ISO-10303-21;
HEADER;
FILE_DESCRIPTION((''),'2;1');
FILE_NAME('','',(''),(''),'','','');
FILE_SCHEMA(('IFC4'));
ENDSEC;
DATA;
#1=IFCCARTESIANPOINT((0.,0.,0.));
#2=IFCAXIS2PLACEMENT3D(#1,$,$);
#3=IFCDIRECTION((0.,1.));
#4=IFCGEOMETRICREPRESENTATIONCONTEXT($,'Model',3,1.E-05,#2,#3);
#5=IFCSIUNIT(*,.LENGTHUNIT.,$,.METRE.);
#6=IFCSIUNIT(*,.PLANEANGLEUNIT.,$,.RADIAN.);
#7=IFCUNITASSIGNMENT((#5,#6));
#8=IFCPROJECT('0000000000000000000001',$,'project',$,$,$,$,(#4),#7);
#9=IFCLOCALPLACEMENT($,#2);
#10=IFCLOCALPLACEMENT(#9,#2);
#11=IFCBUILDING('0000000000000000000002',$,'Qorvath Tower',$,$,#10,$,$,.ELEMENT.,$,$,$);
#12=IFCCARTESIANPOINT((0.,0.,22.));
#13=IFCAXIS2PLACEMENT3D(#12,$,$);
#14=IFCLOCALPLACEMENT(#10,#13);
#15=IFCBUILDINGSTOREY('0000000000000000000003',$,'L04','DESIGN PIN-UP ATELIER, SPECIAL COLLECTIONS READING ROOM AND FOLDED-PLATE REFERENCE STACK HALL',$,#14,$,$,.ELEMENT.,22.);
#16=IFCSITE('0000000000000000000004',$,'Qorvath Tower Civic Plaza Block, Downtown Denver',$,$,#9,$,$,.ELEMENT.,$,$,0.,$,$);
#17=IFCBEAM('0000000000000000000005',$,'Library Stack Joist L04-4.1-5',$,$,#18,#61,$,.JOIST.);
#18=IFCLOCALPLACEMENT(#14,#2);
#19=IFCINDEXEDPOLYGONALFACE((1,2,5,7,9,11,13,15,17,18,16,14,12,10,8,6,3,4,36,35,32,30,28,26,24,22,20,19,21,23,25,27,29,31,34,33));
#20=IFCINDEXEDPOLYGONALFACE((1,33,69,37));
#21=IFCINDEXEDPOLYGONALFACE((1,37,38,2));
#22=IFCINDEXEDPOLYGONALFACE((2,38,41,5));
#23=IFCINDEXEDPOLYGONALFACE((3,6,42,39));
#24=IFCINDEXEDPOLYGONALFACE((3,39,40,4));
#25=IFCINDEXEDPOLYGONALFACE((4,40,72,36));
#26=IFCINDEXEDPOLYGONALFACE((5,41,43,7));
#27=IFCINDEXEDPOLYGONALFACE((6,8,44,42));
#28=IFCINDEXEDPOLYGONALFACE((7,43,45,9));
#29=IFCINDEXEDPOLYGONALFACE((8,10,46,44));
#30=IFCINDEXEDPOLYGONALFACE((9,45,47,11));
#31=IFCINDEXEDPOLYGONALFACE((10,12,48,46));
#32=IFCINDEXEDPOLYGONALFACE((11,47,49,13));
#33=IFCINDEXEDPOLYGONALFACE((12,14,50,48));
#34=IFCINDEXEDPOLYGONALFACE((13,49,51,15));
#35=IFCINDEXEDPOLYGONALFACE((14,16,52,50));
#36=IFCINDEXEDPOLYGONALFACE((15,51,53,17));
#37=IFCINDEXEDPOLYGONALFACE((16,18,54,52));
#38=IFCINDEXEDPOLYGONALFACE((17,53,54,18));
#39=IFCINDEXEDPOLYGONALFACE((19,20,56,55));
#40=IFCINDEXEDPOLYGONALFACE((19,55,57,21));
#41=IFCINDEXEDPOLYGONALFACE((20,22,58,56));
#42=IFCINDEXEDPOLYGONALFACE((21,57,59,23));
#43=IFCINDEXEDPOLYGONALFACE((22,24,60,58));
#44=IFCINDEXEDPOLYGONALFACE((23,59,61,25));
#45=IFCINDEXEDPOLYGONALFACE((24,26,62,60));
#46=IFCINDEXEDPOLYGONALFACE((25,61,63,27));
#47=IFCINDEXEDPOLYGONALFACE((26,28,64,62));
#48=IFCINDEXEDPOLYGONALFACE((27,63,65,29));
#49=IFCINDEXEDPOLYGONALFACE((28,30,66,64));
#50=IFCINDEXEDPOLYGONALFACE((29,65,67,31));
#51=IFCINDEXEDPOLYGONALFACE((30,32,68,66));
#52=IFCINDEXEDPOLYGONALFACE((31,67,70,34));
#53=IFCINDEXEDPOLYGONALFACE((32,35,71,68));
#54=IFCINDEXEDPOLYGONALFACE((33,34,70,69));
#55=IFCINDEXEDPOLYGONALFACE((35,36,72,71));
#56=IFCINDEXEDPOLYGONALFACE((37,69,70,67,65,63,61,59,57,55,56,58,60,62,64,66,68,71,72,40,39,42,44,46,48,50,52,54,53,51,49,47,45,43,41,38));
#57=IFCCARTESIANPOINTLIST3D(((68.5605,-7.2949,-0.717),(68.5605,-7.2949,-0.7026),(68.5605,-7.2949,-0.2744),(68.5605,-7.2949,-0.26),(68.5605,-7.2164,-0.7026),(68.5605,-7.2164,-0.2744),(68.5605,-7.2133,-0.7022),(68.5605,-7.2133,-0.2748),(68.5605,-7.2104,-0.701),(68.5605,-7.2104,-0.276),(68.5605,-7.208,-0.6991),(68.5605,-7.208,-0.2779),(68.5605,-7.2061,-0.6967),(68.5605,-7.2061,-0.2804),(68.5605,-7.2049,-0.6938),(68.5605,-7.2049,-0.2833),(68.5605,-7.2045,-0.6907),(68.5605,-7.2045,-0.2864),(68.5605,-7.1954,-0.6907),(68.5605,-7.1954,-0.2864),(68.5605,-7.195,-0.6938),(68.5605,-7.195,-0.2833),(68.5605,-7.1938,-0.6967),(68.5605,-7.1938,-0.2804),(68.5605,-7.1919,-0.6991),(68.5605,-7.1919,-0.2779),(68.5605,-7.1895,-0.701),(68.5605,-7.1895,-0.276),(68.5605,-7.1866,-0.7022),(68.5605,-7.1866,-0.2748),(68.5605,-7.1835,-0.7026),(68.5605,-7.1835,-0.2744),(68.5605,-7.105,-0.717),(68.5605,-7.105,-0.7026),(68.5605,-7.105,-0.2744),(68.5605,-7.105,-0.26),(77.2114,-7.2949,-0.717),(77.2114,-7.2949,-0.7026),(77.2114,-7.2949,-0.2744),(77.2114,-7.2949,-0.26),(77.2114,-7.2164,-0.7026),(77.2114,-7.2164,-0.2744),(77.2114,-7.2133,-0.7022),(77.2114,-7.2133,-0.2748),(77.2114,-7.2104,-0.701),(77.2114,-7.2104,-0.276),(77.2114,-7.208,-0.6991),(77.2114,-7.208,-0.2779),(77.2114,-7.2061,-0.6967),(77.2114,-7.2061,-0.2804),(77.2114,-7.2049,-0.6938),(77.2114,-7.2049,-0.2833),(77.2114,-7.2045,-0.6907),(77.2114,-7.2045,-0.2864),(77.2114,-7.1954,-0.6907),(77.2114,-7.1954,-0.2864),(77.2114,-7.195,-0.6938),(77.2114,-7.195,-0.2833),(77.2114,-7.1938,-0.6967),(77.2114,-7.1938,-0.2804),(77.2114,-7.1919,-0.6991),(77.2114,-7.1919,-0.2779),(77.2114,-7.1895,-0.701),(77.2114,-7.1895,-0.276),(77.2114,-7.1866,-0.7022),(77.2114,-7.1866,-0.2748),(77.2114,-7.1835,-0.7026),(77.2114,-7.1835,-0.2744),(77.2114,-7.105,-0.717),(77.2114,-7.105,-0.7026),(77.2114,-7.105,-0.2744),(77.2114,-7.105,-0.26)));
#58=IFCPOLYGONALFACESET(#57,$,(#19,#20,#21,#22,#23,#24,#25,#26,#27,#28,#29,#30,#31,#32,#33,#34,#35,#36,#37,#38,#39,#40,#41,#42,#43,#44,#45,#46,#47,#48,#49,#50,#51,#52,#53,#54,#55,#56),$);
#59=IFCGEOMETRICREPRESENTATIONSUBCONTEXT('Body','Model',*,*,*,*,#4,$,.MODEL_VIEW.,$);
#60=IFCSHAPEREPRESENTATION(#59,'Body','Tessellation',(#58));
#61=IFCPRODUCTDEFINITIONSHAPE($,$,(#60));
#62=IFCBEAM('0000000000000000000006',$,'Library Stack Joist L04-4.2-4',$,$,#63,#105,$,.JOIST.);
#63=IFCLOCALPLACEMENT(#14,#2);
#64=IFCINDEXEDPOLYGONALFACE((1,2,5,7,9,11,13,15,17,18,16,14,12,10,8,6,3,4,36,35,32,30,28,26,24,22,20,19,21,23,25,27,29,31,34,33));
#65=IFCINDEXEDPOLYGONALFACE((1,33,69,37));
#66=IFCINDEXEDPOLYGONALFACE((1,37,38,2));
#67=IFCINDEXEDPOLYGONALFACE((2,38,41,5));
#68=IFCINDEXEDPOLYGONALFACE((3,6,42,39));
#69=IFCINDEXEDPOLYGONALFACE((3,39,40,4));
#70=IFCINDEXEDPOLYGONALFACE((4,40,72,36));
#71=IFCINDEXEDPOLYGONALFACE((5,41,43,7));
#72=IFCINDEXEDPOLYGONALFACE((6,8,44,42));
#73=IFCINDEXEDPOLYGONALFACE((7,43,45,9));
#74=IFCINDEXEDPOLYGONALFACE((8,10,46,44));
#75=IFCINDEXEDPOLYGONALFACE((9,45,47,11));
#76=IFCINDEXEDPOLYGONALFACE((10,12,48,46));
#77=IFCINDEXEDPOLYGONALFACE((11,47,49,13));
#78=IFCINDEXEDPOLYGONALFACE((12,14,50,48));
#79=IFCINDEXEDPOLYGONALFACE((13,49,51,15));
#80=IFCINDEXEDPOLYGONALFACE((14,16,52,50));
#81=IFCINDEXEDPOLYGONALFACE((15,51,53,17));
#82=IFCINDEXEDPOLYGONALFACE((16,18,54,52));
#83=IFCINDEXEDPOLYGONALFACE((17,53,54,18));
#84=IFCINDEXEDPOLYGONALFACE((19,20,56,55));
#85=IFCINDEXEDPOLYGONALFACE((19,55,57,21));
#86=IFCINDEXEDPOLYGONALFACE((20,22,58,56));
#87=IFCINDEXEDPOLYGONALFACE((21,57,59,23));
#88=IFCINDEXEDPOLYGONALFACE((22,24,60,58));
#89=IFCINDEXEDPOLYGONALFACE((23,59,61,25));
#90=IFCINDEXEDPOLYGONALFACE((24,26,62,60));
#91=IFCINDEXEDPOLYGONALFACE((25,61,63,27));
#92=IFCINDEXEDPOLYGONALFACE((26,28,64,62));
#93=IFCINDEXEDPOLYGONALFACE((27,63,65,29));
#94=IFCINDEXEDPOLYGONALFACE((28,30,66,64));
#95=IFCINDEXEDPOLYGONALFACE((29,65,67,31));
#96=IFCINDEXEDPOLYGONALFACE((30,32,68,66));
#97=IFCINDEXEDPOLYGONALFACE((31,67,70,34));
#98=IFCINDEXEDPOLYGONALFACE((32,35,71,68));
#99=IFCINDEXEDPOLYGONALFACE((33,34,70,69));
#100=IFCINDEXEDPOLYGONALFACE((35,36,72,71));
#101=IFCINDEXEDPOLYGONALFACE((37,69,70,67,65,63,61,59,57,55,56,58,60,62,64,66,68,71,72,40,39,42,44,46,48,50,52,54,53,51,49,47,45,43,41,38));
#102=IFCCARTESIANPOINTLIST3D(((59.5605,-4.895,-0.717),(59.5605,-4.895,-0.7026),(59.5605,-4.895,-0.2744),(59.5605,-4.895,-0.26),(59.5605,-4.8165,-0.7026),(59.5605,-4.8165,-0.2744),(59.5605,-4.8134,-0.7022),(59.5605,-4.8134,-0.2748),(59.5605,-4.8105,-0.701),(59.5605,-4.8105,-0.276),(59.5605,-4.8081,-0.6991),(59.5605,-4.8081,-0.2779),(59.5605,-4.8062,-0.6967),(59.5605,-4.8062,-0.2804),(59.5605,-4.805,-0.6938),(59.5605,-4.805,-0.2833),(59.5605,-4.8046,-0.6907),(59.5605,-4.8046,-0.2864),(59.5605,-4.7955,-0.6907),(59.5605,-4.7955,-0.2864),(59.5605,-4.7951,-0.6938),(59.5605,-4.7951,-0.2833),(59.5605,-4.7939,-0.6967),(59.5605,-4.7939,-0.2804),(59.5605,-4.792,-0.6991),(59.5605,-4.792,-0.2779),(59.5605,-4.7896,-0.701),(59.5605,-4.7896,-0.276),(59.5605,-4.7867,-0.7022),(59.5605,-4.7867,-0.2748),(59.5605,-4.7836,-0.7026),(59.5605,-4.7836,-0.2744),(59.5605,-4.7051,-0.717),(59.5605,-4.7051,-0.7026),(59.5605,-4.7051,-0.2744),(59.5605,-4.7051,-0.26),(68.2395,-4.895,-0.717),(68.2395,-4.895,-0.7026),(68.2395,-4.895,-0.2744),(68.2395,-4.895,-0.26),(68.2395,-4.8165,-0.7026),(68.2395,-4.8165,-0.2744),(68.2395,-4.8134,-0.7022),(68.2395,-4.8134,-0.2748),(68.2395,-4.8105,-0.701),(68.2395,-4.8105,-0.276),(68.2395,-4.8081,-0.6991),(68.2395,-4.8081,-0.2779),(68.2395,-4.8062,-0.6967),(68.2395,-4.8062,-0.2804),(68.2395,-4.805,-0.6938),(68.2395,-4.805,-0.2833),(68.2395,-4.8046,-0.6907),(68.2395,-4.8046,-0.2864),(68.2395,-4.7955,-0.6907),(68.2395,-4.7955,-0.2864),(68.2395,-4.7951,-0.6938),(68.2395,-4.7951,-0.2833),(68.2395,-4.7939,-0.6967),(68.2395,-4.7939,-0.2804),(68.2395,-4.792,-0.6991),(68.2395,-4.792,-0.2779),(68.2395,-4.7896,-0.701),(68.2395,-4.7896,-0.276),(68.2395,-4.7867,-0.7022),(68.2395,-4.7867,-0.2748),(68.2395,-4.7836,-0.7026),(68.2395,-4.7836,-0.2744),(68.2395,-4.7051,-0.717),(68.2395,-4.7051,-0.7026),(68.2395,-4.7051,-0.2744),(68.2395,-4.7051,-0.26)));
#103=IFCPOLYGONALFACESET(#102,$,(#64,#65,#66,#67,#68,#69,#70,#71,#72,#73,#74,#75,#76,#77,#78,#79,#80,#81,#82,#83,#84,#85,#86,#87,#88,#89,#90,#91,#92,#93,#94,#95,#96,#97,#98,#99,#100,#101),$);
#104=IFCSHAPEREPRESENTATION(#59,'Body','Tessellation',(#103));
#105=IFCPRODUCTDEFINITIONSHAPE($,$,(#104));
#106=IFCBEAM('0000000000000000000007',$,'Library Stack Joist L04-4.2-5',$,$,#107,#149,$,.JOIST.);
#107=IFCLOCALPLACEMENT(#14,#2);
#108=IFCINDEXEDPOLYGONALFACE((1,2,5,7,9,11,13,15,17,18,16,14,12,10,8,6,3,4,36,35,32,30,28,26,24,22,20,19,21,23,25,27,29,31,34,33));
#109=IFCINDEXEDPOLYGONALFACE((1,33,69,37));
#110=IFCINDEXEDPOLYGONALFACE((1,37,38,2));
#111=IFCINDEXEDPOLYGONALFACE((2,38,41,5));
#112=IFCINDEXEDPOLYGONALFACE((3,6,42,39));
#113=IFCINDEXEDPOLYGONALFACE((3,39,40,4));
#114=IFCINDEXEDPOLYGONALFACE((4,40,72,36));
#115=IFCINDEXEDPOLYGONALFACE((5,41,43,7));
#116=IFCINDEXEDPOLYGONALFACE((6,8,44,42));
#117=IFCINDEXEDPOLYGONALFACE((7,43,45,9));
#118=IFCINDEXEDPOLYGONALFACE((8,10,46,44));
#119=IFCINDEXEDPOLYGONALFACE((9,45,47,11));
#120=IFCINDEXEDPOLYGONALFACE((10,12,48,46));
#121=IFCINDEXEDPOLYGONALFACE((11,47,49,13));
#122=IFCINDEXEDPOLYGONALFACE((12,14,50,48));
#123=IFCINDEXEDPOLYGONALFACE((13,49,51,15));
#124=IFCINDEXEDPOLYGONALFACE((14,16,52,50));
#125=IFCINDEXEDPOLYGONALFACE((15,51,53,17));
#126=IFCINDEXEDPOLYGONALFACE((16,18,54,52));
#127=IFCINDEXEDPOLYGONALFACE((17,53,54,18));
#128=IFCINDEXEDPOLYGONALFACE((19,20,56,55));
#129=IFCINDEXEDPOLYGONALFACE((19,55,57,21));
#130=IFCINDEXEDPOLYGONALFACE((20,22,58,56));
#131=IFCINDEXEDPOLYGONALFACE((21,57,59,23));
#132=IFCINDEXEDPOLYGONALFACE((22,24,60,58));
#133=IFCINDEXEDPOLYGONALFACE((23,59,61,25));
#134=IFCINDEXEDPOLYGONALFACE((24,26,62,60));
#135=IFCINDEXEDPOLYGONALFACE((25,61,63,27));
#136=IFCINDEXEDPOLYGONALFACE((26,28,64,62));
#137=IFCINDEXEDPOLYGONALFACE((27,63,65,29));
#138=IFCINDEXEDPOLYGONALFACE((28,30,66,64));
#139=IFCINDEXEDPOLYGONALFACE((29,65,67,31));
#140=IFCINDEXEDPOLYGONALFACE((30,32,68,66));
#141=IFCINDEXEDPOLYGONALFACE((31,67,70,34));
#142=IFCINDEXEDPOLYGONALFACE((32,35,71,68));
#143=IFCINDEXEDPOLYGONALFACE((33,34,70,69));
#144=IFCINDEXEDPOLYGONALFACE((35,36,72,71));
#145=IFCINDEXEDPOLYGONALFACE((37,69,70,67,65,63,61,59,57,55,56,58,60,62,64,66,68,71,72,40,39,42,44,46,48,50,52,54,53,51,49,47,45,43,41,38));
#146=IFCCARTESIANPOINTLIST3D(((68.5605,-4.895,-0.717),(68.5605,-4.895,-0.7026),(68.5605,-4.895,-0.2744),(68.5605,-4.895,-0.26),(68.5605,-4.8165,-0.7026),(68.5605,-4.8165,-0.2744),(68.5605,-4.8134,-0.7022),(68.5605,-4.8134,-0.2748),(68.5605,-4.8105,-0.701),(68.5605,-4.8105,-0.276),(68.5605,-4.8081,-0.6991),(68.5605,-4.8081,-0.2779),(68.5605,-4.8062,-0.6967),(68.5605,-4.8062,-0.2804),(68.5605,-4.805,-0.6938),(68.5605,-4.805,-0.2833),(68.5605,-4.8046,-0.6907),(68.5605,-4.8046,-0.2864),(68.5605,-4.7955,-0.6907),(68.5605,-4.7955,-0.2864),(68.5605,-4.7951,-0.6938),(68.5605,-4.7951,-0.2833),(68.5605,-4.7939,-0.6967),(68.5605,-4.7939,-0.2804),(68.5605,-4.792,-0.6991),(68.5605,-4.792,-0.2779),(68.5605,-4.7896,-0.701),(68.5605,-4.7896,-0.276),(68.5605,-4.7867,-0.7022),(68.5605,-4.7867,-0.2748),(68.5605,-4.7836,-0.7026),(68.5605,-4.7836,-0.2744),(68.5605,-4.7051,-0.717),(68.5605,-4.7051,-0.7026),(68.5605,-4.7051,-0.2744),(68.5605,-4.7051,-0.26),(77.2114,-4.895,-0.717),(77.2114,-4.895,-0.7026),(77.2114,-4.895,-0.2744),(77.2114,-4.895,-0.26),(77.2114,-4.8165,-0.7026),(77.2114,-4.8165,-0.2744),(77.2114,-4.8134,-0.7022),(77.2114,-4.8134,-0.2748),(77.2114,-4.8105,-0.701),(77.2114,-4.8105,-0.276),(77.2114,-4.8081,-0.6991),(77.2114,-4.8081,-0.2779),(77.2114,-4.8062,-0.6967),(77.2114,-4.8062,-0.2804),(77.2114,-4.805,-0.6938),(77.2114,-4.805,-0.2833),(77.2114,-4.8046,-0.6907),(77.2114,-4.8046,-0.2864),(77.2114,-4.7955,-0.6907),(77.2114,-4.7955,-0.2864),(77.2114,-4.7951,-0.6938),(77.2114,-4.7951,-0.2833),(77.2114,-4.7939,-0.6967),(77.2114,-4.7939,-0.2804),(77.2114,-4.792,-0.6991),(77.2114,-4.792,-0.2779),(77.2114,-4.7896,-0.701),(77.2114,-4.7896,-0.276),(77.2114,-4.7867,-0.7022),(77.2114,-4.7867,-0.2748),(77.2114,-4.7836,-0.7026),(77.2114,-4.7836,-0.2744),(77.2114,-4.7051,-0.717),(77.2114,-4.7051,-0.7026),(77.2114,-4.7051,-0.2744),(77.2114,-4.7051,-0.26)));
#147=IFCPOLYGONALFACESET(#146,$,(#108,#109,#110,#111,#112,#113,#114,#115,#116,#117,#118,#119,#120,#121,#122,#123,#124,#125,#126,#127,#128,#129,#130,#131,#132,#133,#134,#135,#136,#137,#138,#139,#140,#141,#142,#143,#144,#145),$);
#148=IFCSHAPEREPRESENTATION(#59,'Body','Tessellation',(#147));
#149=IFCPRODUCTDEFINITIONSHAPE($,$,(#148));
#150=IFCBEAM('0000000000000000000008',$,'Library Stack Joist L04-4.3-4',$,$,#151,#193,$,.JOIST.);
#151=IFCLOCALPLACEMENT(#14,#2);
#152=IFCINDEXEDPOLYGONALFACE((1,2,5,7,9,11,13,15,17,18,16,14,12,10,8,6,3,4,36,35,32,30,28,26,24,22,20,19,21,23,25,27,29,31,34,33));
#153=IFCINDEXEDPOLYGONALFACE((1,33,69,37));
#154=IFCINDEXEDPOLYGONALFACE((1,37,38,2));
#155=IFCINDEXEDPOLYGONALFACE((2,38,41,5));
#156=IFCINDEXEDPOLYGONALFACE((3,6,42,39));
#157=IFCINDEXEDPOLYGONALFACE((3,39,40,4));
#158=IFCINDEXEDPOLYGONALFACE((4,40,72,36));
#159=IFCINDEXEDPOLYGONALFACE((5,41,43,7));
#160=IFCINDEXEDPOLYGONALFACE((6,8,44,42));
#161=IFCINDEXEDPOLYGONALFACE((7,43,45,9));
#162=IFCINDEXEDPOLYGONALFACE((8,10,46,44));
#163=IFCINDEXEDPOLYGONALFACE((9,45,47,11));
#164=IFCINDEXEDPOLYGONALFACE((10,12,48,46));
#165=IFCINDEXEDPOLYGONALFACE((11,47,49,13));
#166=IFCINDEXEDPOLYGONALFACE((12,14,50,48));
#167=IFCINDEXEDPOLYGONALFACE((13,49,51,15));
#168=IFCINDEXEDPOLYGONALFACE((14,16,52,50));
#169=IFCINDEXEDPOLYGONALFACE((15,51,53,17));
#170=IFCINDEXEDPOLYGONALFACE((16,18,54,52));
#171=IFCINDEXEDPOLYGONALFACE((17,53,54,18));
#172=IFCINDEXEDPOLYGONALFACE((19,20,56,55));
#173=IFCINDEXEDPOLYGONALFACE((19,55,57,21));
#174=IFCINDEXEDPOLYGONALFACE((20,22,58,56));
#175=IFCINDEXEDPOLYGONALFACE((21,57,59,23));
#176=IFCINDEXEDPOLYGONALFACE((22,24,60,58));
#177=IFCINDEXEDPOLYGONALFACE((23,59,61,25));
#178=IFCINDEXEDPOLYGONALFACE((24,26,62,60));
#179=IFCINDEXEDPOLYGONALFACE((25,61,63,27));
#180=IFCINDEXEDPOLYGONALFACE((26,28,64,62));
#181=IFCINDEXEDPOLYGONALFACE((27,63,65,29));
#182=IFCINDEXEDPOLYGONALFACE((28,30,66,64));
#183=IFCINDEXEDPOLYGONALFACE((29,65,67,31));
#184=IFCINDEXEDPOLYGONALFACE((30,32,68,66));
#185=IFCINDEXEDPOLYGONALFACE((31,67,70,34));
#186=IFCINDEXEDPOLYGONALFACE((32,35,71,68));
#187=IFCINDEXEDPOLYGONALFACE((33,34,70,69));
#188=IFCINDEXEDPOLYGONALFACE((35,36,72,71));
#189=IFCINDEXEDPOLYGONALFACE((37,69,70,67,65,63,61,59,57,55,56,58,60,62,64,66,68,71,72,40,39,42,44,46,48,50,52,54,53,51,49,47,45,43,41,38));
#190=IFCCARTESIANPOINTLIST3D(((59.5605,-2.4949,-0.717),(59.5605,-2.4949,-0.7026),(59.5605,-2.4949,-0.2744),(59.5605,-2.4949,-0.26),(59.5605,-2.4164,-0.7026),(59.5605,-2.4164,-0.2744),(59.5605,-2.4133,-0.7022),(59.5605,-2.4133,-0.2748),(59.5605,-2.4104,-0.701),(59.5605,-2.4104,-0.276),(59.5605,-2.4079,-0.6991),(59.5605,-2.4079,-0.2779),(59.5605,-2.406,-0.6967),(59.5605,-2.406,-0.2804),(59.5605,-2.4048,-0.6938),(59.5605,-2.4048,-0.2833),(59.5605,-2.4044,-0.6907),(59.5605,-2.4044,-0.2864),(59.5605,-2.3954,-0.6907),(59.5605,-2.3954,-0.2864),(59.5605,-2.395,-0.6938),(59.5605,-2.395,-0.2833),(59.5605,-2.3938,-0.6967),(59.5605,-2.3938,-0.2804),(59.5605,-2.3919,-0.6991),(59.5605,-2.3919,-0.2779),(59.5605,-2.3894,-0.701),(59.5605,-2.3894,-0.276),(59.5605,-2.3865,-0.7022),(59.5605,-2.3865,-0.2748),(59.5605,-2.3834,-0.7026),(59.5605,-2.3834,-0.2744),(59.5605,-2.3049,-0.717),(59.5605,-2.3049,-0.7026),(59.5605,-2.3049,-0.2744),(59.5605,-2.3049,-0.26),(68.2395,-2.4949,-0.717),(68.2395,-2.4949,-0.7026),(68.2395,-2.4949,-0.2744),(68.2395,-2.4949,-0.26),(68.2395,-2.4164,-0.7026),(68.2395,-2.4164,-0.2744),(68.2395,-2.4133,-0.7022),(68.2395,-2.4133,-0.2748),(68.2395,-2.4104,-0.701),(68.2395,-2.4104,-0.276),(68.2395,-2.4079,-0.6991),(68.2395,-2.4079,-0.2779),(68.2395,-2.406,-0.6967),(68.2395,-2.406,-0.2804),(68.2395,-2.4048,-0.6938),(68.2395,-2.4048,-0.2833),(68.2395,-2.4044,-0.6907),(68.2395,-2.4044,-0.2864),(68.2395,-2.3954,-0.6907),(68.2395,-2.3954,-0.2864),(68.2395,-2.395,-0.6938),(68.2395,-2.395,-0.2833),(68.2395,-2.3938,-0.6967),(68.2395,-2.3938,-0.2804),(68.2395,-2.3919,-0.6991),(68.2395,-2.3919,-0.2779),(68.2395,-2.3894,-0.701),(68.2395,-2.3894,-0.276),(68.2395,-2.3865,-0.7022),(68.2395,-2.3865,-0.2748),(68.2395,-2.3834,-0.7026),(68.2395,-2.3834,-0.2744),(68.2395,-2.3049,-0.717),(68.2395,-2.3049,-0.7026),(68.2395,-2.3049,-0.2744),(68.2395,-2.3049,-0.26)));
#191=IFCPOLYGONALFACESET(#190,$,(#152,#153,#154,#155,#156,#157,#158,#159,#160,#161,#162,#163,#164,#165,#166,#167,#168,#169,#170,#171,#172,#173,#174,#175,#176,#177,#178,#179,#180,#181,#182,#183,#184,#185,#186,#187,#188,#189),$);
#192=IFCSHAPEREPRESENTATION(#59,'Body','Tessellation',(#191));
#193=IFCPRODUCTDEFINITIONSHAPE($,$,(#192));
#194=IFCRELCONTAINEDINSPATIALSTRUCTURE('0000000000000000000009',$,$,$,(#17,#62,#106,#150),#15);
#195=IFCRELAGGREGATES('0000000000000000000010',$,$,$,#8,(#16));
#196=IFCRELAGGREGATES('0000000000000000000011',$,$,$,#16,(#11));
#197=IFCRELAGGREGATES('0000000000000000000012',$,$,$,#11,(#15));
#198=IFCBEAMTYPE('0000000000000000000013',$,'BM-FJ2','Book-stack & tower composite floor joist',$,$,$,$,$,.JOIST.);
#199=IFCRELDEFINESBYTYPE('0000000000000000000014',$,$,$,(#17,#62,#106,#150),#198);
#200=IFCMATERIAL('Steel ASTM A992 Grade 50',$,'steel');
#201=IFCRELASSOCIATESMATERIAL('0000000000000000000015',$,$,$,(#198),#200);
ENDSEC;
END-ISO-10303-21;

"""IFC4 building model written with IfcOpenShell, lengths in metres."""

from ifc_helpers import new_model, si_unit, direction, frame, origin, origin_2d, place, context, subcontext, project, spatial, i_section, extrude, material, material_profile, profile_set, type_object, element, save


model = new_model("IFC4")

# Units and contexts
model_context = context("Model", 3, precision=1e-05, world=origin(), true_north=direction((0.0, 1.0)))
body_context = subcontext(model_context, "Body", "Model", "MODEL_VIEW")
ifc_project = project(units=[si_unit("LENGTHUNIT", "METRE"), si_unit("PLANEANGLEUNIT", "RADIAN")], contexts=[model_context])

# Site, building, storey
site_placement = place(None, origin())
site = spatial("IfcSite", under=ifc_project, at=site_placement, Name="Qorvath Tower Civic Plaza Block, Downtown Denver", CompositionType="ELEMENT", RefElevation=0.0)
building_placement = place(site_placement, origin())
building = spatial("IfcBuilding", under=site, at=building_placement, Name="Qorvath Tower", CompositionType="ELEMENT")
storey_placement = place(building_placement, frame((0.0, 0.0, 22.0)))
storey = spatial("IfcBuildingStorey", under=building, at=storey_placement, Name="L04", Description="DESIGN PIN-UP ATELIER, SPECIAL COLLECTIONS READING ROOM AND FOLDED-PLATE REFERENCE STACK HALL", CompositionType="ELEMENT", Elevation=22.0)

# Beams
ifc_material_1 = material(Name="Steel ASTM A992 Grade 50", Category="steel")
ifc_material_profile_1 = material_profile(ifc_material_1, i_section(OverallWidth=0.1899, OverallDepth=0.457, WebThickness=0.009, FlangeThickness=0.0144, FilletRadius=0.012, at=origin_2d()), Name="W18x50")
ifc_profile_set_1 = profile_set([ifc_material_profile_1], Name="Steel ASTM A992 Grade 50")
beam_type_1 = type_object("IfcBeamType", Name="BM-FJ2", Description="Book-stack & tower composite floor joist", PredefinedType="JOIST", material=ifc_profile_set_1)
beam_1_placement = place(storey_placement, frame((68.5605, -7.2, -0.4885), z_axis=(1.0, 0.0, 0.0), x_axis=(0.0, 1.0, 0.0)))
element("IfcBeam", 1, at=beam_1_placement, inside=storey, type_object=beam_type_1, Name="Library Stack Joist L04-4.1-5", PredefinedType="JOIST", context=body_context, shape_type="SweptSolid", body=[
    extrude(i_section(OverallWidth=0.1899, OverallDepth=0.457, WebThickness=0.009, FlangeThickness=0.0144, FilletRadius=0.012, at=origin_2d()), origin(), (0.0, 0.0, 1.0), 8.6509),
])
beam_2_placement = place(storey_placement, frame((59.5605, -4.8, -0.4885), z_axis=(1.0, 0.0, 0.0), x_axis=(0.0, 1.0, 0.0)))
element("IfcBeam", 2, at=beam_2_placement, inside=storey, type_object=beam_type_1, Name="Library Stack Joist L04-4.2-4", PredefinedType="JOIST", context=body_context, shape_type="SweptSolid", body=[
    extrude(i_section(OverallWidth=0.1899, OverallDepth=0.457, WebThickness=0.009, FlangeThickness=0.0144, FilletRadius=0.012, at=origin_2d()), origin(), (0.0, 0.0, 1.0), 8.679),
])
beam_3_placement = place(storey_placement, frame((68.5605, -4.8, -0.4885), z_axis=(1.0, 0.0, 0.0), x_axis=(0.0, 1.0, 0.0)))
element("IfcBeam", 3, at=beam_3_placement, inside=storey, type_object=beam_type_1, Name="Library Stack Joist L04-4.2-5", PredefinedType="JOIST", context=body_context, shape_type="SweptSolid", body=[
    extrude(i_section(OverallWidth=0.1899, OverallDepth=0.457, WebThickness=0.009, FlangeThickness=0.0144, FilletRadius=0.012, at=origin_2d()), origin(), (0.0, 0.0, 1.0), 8.6509),
])
beam_4_placement = place(storey_placement, frame((59.5605, -2.3999, -0.4885), z_axis=(1.0, 0.0, 0.0), x_axis=(0.0, 1.0, 0.0)))
element("IfcBeam", 4, at=beam_4_placement, inside=storey, type_object=beam_type_1, Name="Library Stack Joist L04-4.3-4", PredefinedType="JOIST", context=body_context, shape_type="SweptSolid", body=[
    extrude(i_section(OverallWidth=0.1899, OverallDepth=0.457, WebThickness=0.009, FlangeThickness=0.0144, FilletRadius=0.012, at=origin_2d()), origin(), (0.0, 0.0, 1.0), 8.679),
])

save(model, "model.ifc")
